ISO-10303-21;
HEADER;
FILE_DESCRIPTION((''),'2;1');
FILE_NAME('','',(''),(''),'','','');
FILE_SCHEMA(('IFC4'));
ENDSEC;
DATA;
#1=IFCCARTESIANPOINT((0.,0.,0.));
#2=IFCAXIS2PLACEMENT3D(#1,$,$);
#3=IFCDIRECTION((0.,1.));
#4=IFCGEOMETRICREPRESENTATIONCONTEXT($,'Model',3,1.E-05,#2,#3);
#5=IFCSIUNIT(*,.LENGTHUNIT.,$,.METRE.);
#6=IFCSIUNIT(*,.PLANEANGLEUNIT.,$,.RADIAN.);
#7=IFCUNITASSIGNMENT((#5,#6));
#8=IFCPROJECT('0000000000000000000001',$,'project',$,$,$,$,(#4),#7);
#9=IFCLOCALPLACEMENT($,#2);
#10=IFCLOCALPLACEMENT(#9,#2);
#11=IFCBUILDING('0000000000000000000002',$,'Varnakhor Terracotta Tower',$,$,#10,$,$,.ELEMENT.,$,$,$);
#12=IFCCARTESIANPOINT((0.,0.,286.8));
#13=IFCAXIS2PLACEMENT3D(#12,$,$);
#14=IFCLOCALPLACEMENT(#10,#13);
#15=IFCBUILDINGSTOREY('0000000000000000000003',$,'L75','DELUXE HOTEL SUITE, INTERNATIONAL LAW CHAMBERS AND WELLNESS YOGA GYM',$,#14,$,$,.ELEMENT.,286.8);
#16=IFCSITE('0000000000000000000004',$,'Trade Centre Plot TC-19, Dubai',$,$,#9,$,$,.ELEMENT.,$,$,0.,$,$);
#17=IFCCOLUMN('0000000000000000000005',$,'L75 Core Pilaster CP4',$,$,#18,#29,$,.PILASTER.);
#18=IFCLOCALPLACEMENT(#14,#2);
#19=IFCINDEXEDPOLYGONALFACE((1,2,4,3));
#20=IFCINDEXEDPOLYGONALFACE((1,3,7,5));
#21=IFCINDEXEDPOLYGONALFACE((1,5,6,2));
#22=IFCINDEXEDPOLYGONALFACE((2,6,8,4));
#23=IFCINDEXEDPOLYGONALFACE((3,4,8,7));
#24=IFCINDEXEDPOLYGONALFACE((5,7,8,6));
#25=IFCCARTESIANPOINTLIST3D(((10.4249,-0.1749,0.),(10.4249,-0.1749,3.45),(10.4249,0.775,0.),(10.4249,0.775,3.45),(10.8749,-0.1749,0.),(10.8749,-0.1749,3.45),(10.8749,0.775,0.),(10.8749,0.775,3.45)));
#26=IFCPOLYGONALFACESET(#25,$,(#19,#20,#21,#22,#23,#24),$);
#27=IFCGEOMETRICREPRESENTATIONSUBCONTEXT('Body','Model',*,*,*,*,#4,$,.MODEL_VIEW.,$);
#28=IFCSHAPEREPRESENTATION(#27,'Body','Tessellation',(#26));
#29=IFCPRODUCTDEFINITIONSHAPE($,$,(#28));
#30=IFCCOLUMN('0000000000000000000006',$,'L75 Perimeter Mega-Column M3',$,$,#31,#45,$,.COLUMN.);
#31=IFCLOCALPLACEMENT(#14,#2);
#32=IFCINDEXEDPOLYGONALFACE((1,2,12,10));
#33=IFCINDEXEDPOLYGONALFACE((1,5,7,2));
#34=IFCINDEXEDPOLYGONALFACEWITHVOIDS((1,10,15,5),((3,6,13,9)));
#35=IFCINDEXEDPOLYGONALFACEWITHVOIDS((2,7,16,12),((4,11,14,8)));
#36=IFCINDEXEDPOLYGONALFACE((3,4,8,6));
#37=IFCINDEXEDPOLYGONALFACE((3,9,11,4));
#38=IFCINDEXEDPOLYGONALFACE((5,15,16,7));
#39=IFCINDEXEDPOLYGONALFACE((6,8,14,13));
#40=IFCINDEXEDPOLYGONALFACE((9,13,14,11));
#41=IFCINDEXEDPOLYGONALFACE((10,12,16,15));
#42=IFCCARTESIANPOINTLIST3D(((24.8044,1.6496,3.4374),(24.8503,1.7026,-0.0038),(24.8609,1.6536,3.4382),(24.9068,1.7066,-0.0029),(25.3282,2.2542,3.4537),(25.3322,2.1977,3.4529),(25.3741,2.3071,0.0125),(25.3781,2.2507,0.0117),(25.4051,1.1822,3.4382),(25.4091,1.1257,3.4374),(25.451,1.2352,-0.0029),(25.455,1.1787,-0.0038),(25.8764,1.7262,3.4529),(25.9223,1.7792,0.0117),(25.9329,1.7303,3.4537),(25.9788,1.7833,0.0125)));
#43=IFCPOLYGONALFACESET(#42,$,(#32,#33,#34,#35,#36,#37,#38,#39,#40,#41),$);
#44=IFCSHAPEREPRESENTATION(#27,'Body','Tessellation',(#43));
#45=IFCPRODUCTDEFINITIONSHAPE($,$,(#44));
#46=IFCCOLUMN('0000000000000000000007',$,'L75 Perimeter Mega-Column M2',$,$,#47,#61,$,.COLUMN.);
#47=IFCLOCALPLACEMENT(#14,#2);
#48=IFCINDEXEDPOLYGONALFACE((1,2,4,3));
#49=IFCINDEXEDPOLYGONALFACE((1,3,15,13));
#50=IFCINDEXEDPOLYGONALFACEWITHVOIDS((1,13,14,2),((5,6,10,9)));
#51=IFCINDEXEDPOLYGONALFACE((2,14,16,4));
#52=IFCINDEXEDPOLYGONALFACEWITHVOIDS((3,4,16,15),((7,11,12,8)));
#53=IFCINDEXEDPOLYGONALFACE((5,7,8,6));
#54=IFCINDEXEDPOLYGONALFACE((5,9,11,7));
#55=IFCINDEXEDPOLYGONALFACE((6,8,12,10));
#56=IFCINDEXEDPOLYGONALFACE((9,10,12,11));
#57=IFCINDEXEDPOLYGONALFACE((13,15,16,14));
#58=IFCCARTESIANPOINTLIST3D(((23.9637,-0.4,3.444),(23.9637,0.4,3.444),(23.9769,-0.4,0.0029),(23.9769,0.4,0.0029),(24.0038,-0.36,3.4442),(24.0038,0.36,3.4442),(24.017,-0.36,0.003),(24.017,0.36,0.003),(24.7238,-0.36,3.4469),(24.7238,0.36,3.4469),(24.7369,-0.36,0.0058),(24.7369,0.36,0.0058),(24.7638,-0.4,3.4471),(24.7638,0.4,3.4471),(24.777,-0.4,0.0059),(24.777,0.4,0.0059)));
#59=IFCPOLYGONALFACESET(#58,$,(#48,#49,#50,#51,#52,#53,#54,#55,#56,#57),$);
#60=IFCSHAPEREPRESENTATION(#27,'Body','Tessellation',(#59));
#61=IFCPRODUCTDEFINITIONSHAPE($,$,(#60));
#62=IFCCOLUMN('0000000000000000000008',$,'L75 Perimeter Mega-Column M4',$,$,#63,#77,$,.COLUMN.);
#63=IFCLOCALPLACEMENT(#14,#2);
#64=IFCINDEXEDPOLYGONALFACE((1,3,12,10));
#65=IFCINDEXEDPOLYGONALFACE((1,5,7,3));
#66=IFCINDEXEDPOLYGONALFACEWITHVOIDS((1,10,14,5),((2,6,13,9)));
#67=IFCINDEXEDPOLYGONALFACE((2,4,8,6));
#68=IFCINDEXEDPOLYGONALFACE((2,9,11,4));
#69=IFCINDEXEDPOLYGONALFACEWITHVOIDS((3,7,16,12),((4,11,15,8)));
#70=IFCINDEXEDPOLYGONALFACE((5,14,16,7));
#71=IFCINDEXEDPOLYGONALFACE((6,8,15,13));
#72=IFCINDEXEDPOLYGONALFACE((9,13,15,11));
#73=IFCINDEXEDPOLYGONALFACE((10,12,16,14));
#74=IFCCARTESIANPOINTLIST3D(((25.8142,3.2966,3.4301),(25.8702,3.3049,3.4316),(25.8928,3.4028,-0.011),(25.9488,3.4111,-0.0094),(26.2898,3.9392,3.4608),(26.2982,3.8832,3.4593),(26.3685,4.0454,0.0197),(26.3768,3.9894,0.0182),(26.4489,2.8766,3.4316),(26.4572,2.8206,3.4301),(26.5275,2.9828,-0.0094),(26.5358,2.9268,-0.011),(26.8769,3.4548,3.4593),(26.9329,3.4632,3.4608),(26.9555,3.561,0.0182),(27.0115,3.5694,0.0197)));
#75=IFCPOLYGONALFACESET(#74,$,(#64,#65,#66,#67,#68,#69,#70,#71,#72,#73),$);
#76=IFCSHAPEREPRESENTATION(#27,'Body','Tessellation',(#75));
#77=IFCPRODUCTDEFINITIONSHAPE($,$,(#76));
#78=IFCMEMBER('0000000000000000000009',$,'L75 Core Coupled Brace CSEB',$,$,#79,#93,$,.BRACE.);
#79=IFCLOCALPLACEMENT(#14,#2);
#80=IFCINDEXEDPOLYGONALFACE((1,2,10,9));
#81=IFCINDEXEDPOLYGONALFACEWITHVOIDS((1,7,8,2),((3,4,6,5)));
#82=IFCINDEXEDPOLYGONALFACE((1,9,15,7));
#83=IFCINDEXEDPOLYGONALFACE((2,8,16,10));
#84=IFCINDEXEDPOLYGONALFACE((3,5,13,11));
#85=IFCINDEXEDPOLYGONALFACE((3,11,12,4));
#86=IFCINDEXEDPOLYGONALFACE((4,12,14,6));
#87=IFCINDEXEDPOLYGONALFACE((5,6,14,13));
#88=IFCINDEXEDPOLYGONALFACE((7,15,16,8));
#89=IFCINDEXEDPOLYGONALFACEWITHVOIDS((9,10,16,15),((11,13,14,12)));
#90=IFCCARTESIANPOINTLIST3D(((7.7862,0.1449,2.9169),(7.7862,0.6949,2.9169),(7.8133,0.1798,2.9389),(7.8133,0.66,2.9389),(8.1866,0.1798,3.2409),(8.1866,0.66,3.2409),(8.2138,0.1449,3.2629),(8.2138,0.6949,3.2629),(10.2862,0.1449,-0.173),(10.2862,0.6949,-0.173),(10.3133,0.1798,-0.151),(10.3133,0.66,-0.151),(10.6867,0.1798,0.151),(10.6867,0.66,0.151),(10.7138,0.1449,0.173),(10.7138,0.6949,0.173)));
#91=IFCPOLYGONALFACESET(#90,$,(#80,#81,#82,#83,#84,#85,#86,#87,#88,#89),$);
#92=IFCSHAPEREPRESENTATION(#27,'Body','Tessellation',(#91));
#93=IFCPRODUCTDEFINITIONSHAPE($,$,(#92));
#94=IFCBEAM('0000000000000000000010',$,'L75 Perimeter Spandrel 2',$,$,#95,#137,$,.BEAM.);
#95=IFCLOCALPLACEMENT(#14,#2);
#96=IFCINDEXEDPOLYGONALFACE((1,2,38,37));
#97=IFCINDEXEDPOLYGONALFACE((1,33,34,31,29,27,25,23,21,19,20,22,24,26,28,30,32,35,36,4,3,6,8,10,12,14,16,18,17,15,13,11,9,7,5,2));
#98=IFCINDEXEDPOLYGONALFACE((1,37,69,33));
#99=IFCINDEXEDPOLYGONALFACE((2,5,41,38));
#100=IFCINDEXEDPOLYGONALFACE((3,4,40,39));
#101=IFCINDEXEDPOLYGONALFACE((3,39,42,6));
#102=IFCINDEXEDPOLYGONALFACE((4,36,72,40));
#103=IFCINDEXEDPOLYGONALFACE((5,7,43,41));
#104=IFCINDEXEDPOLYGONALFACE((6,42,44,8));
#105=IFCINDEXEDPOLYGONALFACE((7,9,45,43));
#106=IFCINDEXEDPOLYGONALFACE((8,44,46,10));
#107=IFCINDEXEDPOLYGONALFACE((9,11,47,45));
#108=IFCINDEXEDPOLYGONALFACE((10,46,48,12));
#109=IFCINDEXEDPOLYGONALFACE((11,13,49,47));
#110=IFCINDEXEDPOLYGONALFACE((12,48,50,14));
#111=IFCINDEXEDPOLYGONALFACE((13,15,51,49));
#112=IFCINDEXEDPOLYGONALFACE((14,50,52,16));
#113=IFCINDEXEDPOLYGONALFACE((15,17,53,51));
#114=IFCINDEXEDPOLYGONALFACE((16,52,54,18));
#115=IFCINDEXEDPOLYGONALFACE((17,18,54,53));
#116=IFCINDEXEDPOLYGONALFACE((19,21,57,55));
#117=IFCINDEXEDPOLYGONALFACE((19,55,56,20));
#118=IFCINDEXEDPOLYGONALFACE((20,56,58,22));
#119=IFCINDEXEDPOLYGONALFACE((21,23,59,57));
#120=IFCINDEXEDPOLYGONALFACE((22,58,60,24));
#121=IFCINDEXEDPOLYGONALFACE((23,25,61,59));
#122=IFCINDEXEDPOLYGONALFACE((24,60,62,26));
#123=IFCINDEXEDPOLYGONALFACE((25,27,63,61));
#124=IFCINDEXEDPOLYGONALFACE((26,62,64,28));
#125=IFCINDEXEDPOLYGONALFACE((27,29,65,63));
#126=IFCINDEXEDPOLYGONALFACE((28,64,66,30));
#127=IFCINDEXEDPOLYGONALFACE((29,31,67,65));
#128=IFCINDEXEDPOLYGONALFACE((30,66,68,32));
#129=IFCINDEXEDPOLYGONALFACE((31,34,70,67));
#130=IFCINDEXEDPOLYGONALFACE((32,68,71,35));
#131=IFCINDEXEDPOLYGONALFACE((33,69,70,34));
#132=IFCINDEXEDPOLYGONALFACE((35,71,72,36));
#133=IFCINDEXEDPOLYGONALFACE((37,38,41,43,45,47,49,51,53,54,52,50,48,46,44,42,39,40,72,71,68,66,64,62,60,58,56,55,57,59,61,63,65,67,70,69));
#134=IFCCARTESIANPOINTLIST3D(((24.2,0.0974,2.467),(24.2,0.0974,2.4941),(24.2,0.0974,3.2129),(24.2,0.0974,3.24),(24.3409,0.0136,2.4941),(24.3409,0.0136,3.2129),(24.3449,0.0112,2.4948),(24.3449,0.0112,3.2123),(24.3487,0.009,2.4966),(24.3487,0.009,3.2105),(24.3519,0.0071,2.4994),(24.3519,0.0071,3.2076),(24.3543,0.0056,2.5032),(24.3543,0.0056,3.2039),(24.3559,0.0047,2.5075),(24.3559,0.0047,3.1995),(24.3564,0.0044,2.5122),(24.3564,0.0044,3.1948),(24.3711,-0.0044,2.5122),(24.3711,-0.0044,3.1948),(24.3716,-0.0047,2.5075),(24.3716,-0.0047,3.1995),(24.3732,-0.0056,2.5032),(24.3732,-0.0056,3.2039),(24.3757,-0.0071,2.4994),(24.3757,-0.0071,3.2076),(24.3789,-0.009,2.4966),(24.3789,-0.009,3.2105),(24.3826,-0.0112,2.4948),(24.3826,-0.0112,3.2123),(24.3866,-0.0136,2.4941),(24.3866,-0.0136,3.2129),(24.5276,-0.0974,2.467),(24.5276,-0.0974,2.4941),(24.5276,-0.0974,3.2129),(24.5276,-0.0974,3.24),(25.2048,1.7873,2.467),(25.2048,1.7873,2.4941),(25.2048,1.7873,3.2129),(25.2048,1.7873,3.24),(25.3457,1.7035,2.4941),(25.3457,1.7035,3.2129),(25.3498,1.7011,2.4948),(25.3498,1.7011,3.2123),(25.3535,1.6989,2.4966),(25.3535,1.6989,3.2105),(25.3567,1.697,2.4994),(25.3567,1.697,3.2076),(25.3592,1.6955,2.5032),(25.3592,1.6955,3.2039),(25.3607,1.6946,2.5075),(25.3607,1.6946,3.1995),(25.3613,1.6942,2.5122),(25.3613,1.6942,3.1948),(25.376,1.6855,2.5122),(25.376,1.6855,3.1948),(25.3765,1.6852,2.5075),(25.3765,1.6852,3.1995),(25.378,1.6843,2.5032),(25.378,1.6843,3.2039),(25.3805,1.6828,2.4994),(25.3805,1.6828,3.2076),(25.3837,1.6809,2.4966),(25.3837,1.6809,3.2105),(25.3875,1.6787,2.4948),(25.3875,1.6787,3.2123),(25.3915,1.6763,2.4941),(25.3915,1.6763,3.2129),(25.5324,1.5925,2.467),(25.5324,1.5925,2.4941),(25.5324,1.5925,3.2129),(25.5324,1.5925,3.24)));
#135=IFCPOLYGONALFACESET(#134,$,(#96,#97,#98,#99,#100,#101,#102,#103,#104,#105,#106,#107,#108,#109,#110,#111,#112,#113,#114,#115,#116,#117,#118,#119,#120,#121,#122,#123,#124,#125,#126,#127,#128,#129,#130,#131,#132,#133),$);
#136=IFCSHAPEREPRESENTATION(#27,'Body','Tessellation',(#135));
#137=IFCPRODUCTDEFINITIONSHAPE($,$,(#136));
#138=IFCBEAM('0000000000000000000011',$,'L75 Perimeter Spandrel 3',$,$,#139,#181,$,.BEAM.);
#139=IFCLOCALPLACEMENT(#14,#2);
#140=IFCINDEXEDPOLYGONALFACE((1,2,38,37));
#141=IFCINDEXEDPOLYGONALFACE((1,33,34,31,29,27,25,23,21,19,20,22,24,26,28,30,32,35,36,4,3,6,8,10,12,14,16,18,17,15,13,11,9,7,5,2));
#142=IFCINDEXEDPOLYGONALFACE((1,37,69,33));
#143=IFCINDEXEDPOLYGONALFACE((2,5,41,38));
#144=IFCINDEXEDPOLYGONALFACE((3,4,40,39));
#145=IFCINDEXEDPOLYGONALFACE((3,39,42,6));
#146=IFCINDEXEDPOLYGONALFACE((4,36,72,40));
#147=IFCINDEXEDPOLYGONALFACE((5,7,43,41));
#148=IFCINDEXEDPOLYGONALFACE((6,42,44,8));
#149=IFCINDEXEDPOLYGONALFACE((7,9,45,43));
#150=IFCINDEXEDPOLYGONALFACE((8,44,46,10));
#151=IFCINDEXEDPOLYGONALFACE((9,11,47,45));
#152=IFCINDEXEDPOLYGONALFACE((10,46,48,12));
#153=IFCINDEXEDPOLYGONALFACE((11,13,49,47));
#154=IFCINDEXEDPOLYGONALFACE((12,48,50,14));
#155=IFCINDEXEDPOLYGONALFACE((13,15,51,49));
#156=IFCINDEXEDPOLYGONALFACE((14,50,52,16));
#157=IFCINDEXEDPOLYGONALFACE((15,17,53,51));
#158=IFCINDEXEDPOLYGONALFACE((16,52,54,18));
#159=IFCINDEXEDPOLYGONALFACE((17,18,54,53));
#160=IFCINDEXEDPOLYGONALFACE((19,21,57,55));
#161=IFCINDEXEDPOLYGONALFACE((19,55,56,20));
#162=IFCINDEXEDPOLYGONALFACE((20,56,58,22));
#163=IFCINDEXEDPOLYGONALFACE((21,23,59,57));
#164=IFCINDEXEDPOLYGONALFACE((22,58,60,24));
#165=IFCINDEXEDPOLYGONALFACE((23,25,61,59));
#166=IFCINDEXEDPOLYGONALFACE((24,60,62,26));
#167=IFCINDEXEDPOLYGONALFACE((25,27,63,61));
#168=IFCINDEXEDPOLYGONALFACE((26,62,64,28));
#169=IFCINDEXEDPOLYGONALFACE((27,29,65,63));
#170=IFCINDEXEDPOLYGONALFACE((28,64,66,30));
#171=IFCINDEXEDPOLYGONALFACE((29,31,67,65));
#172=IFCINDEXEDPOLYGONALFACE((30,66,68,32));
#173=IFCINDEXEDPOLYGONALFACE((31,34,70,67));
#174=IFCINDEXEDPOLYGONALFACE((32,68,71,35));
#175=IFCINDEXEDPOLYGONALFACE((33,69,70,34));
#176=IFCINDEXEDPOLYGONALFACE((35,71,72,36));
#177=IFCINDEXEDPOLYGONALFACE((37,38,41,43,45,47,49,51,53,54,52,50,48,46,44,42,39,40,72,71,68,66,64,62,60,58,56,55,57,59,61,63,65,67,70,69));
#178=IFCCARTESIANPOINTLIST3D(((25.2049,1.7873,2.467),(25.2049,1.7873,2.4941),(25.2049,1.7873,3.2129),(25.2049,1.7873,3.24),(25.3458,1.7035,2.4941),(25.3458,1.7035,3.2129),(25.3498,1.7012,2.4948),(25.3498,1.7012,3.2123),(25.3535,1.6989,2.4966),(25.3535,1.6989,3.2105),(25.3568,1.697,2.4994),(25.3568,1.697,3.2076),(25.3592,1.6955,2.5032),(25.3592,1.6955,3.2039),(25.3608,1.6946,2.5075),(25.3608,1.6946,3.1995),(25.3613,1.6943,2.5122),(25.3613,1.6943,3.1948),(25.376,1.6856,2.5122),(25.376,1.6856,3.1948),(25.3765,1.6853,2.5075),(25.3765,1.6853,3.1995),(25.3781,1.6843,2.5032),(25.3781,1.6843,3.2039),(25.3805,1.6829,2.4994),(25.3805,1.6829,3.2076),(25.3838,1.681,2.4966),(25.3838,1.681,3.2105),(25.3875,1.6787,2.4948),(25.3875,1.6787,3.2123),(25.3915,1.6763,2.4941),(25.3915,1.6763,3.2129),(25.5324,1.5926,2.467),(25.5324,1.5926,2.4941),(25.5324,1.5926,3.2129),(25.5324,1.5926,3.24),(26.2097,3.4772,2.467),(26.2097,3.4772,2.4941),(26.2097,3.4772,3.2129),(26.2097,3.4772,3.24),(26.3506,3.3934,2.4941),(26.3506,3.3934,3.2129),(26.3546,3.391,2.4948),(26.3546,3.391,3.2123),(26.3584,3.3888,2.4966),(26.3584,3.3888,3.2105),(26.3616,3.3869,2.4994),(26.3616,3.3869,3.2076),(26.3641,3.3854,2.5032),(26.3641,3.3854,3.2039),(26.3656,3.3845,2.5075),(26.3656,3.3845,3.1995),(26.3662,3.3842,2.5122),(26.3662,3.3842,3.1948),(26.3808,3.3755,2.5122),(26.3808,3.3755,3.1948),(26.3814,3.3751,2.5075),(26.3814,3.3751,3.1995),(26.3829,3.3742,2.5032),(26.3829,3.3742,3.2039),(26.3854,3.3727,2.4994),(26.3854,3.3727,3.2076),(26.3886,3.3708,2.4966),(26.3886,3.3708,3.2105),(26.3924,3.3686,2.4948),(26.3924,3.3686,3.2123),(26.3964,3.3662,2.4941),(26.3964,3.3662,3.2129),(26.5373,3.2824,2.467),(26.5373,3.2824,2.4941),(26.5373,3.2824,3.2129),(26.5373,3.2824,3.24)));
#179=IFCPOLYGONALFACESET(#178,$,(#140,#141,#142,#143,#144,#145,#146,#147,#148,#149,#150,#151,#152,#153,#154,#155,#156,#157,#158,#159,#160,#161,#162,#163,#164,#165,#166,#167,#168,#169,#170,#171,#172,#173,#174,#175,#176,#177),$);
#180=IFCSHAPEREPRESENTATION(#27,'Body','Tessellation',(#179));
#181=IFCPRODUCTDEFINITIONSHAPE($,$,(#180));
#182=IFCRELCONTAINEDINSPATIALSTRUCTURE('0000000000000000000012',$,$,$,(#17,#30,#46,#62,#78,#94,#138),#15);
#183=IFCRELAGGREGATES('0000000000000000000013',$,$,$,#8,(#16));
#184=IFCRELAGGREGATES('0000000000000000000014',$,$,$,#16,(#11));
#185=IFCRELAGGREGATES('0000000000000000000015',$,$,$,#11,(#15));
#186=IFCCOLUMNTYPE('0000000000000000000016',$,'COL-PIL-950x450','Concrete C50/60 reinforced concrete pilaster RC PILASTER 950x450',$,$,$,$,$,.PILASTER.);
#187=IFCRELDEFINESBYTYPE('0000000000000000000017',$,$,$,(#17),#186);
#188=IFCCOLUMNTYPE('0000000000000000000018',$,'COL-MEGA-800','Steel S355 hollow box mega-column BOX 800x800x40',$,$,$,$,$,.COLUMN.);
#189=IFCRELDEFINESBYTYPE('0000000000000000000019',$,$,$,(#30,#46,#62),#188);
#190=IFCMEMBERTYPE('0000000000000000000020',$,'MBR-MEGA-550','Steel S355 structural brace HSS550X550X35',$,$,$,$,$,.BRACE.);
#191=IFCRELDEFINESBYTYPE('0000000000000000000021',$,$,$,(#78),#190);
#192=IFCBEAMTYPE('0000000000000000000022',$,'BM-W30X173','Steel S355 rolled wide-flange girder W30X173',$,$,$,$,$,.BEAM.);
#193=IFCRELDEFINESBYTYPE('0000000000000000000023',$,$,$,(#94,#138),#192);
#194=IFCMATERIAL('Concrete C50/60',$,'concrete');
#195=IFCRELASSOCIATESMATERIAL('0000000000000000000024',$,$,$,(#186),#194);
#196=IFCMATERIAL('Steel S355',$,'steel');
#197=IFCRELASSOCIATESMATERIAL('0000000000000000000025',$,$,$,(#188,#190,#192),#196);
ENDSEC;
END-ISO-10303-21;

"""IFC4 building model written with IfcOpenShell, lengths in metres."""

from ifc_helpers import new_model, si_unit, direction, frame, origin, origin_2d, place, context, subcontext, project, spatial, rectangle, hollow_rectangle, i_section, extrude, source, transform, mapped, material, material_profile, profile_set, type_object, element, save


model = new_model("IFC4")

# Units and contexts
model_context = context("Model", 3, precision=1e-05, world=origin(), true_north=direction((0.0, 1.0)))
body_context = subcontext(model_context, "Body", "Model", "MODEL_VIEW")
ifc_project = project(units=[si_unit("LENGTHUNIT", "METRE"), si_unit("PLANEANGLEUNIT", "RADIAN")], contexts=[model_context])

# Site, building, storey
site_placement = place(None, origin())
site = spatial("IfcSite", under=ifc_project, at=site_placement, Name="Trade Centre Plot TC-19, Dubai", CompositionType="ELEMENT", RefElevation=0.0)
building_placement = place(site_placement, origin())
building = spatial("IfcBuilding", under=site, at=building_placement, Name="Varnakhor Terracotta Tower", CompositionType="ELEMENT")
storey_placement = place(building_placement, frame((0.0, 0.0, 286.8)))
storey = spatial("IfcBuildingStorey", under=building, at=storey_placement, Name="L75", Description="DELUXE HOTEL SUITE, INTERNATIONAL LAW CHAMBERS AND WELLNESS YOGA GYM", CompositionType="ELEMENT", Elevation=286.8)

# Columns
ifc_material_1 = material(Name="Concrete C50/60", Category="concrete")
ifc_material_profile_1 = material_profile(ifc_material_1, rectangle(XDim=0.45, YDim=0.95, at=origin_2d()), Name="RC PILASTER 950x450")
ifc_profile_set_1 = profile_set([ifc_material_profile_1], Name="Concrete C50/60")
column_type_1 = type_object("IfcColumnType", Name="COL-PIL-950x450", Description="Concrete C50/60 reinforced concrete pilaster RC PILASTER 950x450", PredefinedType="PILASTER", material=ifc_profile_set_1)
shared_shape_1 = source(origin(), body_context, "Body", "SweptSolid", [
    extrude(rectangle(XDim=0.45, YDim=0.95, at=origin_2d()), origin(), (0.0, 0.0, 1.0), 3.45),
])
column_1_placement = place(storey_placement, frame((10.6499, 0.3, 0.0), z_axis=(0.0, 0.0, 1.0), x_axis=(1.0, 0.0, 0.0)))
element("IfcColumn", 1, at=column_1_placement, inside=storey, type_object=column_type_1, Name="L75 Core Pilaster CP4", PredefinedType="PILASTER", context=body_context, shape_type="MappedRepresentation", body=[
    mapped(shared_shape_1, transform((0.0, 0.0, 0.0), scale=1.0)),
])
ifc_material_2 = material(Name="Steel S355", Category="steel")
ifc_material_profile_2 = material_profile(ifc_material_2, hollow_rectangle(XDim=0.8, YDim=0.8, WallThickness=0.04, at=origin_2d()), Name="BOX 800x800x40")
ifc_profile_set_2 = profile_set([ifc_material_profile_2], Name="Steel S355")
column_type_2 = type_object("IfcColumnType", Name="COL-MEGA-800", Description="Steel S355 hollow box mega-column BOX 800x800x40", PredefinedType="COLUMN", material=ifc_profile_set_2)
shared_shape_2 = source(origin(), body_context, "Body", "SweptSolid", [
    extrude(hollow_rectangle(XDim=0.8, YDim=0.8, WallThickness=0.04, at=origin_2d()), origin(), (0.0, 0.0, 1.0), 3.4419),
])
column_2_placement = place(storey_placement, frame((25.4146, 1.7429, 0.0044), z_axis=(-0.013335, -0.015392, 0.999793), x_axis=(0.755804, -0.654798, 0.0)))
element("IfcColumn", 2, at=column_2_placement, inside=storey, type_object=column_type_2, Name="L75 Perimeter Mega-Column M3", PredefinedType="COLUMN", context=body_context, shape_type="MappedRepresentation", body=[
    mapped(shared_shape_2, transform((0.0, 0.0, 0.0), scale=1.0)),
])
shared_shape_3 = source(origin(), body_context, "Body", "SweptSolid", [
    extrude(hollow_rectangle(XDim=0.8, YDim=0.8, WallThickness=0.04, at=origin_2d()), origin(), (0.0, 0.0, 1.0), 3.4412),
])
column_3_placement = place(storey_placement, frame((24.377, 0.0, 0.0044), z_axis=(-0.003831, 0.0, 0.999993), x_axis=(0.0, -1.0, 0.0)))
element("IfcColumn", 3, at=column_3_placement, inside=storey, type_object=column_type_2, Name="L75 Perimeter Mega-Column M2", PredefinedType="COLUMN", context=body_context, shape_type="MappedRepresentation", body=[
    mapped(shared_shape_3, transform((0.0, 0.0, 0.0), scale=1.0)),
])
shared_shape_4 = source(origin(), body_context, "Body", "SweptSolid", [
    extrude(hollow_rectangle(XDim=0.8, YDim=0.8, WallThickness=0.04, at=origin_2d()), origin(), (0.0, 0.0, 1.0), 3.4436),
])
column_4_placement = place(storey_placement, frame((26.4521, 3.4861, 0.0044), z_axis=(-0.022828, -0.030839, 0.999264), x_axis=(0.803754, -0.594962, 0.0)))
element("IfcColumn", 4, at=column_4_placement, inside=storey, type_object=column_type_2, Name="L75 Perimeter Mega-Column M4", PredefinedType="COLUMN", context=body_context, shape_type="MappedRepresentation", body=[
    mapped(shared_shape_4, transform((0.0, 0.0, 0.0), scale=1.0)),
])

# Member
ifc_material_profile_3 = material_profile(ifc_material_2, hollow_rectangle(XDim=0.55, YDim=0.55, WallThickness=0.0349, at=origin_2d()), Name="HSS550X550X35")
ifc_profile_set_3 = profile_set([ifc_material_profile_3], Name="Steel S355")
member_type_1 = type_object("IfcMemberType", Name="MBR-MEGA-550", Description="Steel S355 structural brace HSS550X550X35", PredefinedType="BRACE", material=ifc_profile_set_3)
shared_shape_5 = source(origin(), body_context, "Body", "SweptSolid", [
    extrude(hollow_rectangle(XDim=0.55, YDim=0.55, WallThickness=0.0349, at=origin_2d()), origin(), (0.0, 0.0, 1.0), 3.9746),
])
member_1_placement = place(storey_placement, frame((10.5, 0.4199, 0.0), z_axis=(-0.629, 0.0, 0.777405), x_axis=(0.0, -1.0, 0.0)))
element("IfcMember", 5, at=member_1_placement, inside=storey, type_object=member_type_1, Name="L75 Core Coupled Brace CSEB", PredefinedType="BRACE", context=body_context, shape_type="MappedRepresentation", body=[
    mapped(shared_shape_5, transform((0.0, 0.0, 0.0), scale=1.0)),
])

# Beams
ifc_material_profile_4 = material_profile(ifc_material_2, i_section(OverallWidth=0.3811, OverallDepth=0.7729, WebThickness=0.0171, FlangeThickness=0.0271, FilletRadius=0.0181, at=origin_2d()), Name="W30X173")
ifc_profile_set_4 = profile_set([ifc_material_profile_4], Name="Steel S355")
beam_type_1 = type_object("IfcBeamType", Name="BM-W30X173", Description="Steel S355 rolled wide-flange girder W30X173", PredefinedType="BEAM", material=ifc_profile_set_4)
shared_shape_6 = source(origin(), body_context, "Body", "SweptSolid", [
    extrude(i_section(OverallWidth=0.3811, OverallDepth=0.7729, WebThickness=0.0171, FlangeThickness=0.0271, FilletRadius=0.0181, at=origin_2d()), origin(), (0.0, 0.0, 1.0), 1.9661),
])
for number, where, z_axis, x_axis, name in (
    (6, (24.3638, 0.0, 2.8535), (0.511095, 0.859524, 0.0), (-0.859524, 0.511095, 0.0), "L75 Perimeter Spandrel 2"),
    (7, (25.3687, 1.6899, 2.8535), (0.511095, 0.859524, 0.0), (-0.859524, 0.511095, 0.0), "L75 Perimeter Spandrel 3"),
):
    element("IfcBeam", number, at=place(storey_placement, frame(where, z_axis=z_axis, x_axis=x_axis)), inside=storey, type_object=beam_type_1, Name=name, PredefinedType="BEAM", context=body_context, shape_type="MappedRepresentation", body=[
        mapped(shared_shape_6, transform((0.0, 0.0, 0.0), scale=1.0)),
    ])

save(model, "model.ifc")
